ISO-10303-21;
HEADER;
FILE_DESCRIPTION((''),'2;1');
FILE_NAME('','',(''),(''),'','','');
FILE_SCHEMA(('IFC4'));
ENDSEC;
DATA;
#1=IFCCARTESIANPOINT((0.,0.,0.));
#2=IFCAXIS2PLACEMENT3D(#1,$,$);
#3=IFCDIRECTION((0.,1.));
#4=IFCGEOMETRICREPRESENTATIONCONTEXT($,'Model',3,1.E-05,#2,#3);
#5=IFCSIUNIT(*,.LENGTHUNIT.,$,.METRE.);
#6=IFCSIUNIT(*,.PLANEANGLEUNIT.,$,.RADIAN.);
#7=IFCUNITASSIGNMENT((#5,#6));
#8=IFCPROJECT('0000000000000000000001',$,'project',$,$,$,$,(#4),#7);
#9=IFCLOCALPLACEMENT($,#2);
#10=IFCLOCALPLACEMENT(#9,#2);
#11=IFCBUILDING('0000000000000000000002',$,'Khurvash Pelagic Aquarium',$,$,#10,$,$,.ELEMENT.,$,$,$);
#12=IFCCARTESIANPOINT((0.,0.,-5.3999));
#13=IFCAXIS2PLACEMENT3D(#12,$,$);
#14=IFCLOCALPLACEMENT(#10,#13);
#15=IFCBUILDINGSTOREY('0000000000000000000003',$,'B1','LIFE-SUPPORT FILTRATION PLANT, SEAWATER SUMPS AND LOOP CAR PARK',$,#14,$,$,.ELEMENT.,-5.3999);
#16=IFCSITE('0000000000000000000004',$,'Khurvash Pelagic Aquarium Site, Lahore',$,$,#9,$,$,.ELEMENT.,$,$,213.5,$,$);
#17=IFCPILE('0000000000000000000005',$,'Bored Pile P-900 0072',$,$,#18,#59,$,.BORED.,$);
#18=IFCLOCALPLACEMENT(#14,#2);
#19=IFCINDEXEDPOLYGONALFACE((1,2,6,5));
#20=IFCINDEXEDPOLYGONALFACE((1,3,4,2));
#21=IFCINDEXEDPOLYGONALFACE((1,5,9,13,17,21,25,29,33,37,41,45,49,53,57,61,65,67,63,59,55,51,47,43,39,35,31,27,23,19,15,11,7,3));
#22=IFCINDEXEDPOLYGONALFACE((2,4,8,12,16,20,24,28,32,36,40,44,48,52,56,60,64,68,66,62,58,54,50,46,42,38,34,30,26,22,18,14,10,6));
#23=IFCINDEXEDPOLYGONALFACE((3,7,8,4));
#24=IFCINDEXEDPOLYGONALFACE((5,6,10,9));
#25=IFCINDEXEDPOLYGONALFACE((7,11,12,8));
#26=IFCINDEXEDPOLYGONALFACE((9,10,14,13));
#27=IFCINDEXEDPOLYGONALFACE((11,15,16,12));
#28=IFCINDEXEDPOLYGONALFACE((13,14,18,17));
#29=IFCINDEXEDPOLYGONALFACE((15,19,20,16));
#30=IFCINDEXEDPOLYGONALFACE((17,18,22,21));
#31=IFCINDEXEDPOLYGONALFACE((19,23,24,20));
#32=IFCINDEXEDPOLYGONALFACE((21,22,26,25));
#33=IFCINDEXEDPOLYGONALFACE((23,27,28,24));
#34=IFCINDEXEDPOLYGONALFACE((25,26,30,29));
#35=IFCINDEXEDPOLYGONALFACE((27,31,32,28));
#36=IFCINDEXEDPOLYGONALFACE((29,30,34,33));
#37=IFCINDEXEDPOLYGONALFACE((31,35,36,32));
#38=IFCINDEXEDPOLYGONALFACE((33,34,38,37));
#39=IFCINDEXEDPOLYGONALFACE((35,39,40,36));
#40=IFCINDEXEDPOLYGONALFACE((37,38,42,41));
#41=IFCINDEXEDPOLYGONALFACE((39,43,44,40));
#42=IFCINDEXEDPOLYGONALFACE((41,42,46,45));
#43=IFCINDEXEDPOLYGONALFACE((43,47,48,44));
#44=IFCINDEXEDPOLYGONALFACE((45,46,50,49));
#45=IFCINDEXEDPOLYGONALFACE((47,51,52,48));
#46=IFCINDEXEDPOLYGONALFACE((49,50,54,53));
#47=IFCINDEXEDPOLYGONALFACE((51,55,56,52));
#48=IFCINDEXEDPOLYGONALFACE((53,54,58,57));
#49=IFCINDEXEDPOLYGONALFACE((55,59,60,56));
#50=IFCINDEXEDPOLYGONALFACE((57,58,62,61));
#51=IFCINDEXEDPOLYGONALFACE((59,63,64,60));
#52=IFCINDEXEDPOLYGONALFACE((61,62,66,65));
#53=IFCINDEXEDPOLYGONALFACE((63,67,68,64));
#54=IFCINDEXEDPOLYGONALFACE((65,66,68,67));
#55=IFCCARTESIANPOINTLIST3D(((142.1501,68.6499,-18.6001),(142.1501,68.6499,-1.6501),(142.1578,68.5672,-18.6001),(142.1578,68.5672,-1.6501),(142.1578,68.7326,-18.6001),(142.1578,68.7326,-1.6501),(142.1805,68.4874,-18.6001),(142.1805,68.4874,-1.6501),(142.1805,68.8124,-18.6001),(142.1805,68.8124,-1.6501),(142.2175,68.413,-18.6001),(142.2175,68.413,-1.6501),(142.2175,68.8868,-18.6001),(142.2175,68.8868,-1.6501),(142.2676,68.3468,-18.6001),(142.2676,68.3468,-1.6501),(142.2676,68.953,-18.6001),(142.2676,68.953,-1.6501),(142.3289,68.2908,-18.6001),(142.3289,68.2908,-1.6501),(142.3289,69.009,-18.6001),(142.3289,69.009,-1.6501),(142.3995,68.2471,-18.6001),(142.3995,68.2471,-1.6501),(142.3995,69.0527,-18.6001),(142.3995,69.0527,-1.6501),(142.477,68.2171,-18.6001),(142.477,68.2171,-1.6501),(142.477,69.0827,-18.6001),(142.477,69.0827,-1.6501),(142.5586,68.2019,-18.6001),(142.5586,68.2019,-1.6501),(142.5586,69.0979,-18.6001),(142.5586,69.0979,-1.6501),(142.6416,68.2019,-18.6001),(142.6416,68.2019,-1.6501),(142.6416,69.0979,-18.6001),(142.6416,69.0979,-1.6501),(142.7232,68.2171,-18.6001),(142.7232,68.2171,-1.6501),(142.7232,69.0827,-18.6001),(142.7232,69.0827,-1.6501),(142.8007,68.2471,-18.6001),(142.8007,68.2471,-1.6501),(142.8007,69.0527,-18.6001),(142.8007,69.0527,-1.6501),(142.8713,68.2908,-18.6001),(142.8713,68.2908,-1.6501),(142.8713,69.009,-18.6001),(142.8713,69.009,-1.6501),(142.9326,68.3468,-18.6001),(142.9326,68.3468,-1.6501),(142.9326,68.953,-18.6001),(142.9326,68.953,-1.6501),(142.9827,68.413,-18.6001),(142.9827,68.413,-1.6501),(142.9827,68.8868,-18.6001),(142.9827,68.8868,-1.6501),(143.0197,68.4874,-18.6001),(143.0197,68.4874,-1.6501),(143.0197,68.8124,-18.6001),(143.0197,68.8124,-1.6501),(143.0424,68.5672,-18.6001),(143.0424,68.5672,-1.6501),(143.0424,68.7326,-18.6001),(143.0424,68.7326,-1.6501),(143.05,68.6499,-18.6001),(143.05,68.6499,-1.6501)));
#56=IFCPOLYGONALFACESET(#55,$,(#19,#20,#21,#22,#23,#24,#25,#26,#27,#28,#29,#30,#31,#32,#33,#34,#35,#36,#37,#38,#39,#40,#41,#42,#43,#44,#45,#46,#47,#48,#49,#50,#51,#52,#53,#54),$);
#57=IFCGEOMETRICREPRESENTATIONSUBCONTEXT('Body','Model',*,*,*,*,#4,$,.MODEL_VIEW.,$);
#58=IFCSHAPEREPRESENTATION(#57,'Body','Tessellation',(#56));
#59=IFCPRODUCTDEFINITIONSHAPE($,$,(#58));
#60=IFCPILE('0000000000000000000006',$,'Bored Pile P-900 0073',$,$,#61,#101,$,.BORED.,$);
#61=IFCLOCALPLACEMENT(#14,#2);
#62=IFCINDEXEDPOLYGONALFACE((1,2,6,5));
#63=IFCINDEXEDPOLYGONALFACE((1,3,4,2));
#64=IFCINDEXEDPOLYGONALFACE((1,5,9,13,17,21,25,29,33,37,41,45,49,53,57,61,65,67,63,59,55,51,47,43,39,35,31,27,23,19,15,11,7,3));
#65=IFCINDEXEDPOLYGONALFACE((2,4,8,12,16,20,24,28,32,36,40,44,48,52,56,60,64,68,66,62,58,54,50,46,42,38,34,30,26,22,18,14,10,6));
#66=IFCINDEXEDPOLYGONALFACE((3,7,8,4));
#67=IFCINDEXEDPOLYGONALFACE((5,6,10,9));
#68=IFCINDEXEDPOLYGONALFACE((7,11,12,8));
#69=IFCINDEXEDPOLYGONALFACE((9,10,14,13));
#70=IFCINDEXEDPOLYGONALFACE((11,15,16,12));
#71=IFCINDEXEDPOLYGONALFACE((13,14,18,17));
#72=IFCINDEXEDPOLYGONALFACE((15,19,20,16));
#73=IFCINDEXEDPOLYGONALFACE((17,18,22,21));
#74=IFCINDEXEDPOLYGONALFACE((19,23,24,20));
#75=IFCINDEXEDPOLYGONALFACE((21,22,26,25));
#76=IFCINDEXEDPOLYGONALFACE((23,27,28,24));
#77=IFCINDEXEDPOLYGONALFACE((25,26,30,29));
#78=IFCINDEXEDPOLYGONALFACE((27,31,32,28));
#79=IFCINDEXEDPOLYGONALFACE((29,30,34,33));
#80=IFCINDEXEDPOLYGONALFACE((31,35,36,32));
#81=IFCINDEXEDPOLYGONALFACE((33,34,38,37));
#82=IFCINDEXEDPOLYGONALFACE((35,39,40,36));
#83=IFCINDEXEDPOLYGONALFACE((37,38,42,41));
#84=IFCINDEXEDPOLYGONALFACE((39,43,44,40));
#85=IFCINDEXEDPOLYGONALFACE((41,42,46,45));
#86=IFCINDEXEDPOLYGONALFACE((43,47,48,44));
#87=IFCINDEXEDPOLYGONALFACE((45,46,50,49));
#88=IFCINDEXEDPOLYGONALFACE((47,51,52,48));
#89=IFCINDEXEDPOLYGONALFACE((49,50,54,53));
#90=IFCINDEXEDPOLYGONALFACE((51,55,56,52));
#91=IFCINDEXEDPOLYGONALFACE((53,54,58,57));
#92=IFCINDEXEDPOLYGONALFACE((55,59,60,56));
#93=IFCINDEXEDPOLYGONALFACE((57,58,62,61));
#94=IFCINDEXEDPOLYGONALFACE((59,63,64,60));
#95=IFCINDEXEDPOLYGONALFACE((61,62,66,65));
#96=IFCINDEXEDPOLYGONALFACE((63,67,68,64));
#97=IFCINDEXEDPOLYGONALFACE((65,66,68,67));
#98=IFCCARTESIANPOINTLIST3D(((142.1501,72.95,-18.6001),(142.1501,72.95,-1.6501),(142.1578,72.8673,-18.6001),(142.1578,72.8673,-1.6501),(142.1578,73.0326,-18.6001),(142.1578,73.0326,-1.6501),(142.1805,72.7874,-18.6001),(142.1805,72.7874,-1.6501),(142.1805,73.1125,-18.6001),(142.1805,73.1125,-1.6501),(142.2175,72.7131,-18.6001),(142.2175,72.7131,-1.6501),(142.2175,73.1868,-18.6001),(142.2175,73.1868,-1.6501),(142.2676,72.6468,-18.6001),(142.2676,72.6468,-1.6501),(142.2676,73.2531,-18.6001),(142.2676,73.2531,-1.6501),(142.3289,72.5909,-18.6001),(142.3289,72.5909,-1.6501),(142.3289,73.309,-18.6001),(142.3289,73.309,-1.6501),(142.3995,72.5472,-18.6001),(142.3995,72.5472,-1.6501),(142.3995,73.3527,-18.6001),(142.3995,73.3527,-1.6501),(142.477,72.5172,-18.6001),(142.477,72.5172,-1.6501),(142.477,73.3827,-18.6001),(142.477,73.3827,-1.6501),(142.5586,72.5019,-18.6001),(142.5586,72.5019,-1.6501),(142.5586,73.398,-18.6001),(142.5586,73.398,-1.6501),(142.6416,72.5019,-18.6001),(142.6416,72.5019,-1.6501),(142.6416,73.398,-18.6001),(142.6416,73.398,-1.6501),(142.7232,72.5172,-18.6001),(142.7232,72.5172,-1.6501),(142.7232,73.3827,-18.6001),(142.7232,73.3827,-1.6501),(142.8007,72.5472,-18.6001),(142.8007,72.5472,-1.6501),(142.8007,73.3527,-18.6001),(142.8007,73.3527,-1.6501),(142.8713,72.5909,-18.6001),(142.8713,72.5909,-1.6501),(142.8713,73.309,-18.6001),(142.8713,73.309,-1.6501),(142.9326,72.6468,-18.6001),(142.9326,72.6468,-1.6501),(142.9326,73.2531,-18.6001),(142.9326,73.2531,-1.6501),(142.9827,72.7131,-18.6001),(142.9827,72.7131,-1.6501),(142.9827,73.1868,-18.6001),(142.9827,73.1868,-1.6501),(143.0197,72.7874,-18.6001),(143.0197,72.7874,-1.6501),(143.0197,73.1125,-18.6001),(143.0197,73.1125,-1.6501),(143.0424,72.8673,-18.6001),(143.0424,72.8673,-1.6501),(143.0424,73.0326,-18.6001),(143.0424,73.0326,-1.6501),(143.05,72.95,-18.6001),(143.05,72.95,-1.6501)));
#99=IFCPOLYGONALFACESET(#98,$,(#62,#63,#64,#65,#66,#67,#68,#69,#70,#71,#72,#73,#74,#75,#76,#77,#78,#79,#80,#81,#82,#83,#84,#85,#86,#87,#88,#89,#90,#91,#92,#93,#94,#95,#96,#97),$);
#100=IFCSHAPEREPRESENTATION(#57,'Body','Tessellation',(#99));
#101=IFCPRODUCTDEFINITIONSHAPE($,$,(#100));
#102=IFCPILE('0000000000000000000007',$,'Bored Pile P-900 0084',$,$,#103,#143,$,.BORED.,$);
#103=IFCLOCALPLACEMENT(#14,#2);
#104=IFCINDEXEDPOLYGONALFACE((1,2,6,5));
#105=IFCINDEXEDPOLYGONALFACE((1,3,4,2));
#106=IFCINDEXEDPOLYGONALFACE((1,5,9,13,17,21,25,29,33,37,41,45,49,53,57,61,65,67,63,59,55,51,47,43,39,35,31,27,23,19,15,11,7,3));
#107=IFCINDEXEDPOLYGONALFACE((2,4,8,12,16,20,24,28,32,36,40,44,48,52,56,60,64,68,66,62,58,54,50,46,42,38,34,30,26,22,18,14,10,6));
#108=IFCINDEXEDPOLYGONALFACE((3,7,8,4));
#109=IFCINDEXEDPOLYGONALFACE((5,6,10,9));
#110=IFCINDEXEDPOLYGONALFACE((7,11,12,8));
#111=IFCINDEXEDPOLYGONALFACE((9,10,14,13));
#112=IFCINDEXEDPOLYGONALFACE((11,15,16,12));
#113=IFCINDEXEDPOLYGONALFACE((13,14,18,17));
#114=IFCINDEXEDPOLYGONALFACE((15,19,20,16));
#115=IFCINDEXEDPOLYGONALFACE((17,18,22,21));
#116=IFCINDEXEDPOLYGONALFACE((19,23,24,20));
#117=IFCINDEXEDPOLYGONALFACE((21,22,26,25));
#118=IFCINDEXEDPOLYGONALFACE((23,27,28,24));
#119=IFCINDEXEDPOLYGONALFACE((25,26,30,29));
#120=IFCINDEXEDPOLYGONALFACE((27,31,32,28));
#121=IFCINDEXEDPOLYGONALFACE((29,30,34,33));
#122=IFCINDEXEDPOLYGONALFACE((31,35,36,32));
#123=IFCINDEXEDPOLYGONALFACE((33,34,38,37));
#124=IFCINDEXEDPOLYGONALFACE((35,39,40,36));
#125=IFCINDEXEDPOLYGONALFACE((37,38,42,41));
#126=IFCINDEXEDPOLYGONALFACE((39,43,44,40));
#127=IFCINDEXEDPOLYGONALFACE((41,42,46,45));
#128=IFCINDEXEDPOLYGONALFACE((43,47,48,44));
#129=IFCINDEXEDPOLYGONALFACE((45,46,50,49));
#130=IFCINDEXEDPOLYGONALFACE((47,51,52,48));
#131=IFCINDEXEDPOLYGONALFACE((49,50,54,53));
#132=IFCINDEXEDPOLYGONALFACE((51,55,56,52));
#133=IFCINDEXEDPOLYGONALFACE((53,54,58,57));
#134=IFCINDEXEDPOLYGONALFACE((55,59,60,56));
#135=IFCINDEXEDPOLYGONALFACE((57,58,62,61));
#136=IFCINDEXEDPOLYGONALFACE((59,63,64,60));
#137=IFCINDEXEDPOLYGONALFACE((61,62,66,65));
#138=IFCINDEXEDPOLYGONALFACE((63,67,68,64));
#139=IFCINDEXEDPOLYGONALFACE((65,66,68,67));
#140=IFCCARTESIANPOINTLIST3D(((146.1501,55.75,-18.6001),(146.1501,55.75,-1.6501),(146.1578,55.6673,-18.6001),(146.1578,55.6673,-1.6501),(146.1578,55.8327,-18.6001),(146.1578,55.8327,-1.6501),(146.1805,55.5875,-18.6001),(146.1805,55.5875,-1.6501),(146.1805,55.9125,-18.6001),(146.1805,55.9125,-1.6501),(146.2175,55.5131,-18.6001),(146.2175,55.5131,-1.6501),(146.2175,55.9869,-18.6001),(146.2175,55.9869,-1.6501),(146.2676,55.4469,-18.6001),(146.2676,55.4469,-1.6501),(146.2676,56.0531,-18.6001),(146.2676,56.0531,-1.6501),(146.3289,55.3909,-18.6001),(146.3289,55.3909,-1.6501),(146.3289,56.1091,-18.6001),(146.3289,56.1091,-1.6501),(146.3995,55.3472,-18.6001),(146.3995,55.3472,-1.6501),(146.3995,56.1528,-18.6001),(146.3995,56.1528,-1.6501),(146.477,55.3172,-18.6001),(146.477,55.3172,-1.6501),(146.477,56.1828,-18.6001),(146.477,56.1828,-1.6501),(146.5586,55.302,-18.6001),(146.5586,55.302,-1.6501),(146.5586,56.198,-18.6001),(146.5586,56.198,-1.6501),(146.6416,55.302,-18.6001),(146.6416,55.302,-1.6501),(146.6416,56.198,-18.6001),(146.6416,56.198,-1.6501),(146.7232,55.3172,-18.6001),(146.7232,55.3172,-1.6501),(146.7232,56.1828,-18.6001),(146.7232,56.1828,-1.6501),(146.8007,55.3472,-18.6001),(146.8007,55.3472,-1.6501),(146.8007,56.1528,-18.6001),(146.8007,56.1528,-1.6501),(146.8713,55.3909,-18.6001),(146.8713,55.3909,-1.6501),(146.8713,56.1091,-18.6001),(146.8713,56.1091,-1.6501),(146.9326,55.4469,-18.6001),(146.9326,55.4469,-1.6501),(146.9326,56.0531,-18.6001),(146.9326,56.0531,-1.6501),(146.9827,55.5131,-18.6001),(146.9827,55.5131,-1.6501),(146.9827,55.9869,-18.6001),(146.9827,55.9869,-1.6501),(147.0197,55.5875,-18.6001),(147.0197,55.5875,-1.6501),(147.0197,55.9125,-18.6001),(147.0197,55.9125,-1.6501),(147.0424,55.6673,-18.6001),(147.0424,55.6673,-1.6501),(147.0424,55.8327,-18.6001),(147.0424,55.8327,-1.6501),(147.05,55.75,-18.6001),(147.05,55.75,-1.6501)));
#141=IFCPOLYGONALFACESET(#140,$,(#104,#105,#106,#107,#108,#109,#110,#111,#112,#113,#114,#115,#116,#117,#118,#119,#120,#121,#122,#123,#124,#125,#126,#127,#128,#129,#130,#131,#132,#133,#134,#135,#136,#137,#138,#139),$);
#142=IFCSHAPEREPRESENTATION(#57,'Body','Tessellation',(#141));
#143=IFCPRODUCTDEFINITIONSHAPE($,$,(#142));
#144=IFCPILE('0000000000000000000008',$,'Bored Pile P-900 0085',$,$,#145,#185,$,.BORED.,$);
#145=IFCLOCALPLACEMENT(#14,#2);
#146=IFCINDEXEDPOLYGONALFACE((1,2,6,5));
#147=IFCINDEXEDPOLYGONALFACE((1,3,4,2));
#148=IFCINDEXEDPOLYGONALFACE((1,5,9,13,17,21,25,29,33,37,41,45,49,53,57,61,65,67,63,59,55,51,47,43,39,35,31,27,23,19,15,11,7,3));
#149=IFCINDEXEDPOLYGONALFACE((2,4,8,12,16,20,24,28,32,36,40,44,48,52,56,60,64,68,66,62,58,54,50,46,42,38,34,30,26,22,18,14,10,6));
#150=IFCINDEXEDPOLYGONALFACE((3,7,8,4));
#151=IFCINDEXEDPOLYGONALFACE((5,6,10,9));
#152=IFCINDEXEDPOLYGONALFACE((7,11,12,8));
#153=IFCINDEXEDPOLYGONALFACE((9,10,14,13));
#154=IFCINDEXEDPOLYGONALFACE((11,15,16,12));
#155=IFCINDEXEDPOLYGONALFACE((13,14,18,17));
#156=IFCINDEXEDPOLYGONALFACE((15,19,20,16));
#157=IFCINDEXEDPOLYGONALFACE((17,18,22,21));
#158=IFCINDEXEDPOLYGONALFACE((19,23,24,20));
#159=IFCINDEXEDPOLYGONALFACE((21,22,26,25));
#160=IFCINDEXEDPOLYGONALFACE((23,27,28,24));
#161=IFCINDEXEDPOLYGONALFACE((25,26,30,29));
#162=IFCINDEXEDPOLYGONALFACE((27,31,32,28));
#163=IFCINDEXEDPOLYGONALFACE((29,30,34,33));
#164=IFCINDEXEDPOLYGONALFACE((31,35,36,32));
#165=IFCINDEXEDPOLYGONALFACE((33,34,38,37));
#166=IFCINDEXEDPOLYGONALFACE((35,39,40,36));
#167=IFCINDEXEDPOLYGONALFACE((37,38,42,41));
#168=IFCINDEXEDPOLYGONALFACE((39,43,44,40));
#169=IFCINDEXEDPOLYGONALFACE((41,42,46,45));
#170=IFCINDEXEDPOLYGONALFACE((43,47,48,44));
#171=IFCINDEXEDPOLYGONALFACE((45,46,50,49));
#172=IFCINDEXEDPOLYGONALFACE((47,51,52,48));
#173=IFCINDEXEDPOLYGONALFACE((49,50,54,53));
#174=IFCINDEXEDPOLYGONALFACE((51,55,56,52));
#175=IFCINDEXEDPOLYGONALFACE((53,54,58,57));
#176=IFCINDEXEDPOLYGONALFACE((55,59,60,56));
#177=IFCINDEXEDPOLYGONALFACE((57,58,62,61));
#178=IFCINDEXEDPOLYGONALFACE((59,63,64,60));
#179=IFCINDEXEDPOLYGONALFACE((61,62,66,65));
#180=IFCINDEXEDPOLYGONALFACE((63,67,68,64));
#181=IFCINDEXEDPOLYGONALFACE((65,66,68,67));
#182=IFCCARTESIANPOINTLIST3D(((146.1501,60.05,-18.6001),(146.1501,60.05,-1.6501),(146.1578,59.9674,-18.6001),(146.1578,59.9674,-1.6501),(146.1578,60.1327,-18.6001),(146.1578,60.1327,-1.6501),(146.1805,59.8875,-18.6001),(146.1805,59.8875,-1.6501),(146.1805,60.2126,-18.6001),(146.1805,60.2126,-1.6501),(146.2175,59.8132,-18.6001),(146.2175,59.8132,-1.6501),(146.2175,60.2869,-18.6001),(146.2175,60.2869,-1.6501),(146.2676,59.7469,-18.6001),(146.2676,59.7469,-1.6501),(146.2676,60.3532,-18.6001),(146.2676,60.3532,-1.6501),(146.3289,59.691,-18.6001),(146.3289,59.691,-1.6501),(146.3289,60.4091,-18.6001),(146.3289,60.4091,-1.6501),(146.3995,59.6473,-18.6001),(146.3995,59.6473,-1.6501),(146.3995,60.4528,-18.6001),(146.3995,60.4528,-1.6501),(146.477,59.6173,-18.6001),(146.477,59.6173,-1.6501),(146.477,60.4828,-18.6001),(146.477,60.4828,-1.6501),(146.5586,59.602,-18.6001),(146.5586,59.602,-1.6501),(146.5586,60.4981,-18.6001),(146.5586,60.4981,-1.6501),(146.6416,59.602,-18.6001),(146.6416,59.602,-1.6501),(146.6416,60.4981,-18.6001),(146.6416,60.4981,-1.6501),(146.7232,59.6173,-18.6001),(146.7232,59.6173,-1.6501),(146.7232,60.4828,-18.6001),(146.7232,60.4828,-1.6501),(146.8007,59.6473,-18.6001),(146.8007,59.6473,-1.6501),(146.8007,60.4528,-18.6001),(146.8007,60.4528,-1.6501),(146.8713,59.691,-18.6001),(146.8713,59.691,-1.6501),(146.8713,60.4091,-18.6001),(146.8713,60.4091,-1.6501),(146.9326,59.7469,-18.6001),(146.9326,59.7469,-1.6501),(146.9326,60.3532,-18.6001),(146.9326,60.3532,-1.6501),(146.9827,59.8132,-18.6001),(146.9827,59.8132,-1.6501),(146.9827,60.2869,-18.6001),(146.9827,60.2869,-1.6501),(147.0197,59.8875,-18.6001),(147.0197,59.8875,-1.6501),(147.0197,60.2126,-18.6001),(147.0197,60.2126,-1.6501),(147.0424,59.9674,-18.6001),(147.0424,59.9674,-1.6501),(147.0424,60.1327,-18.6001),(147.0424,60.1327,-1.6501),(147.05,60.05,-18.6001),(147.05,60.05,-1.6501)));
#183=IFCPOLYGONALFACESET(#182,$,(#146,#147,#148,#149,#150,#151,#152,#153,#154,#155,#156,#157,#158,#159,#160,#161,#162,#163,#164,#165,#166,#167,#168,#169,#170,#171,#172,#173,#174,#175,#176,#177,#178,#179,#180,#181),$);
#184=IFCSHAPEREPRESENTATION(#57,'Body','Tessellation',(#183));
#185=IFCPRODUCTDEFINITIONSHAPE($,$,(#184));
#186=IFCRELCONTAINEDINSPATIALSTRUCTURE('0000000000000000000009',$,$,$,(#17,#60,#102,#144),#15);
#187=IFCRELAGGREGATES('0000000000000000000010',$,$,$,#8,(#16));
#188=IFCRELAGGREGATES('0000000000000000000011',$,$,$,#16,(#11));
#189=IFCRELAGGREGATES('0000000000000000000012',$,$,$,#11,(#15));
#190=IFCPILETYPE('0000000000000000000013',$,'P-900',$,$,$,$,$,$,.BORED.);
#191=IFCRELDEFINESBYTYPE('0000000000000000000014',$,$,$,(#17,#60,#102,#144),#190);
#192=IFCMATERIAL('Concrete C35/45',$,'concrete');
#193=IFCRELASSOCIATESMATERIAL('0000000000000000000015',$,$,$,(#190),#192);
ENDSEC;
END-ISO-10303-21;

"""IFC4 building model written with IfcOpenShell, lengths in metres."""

from ifc_helpers import new_model, si_unit, direction, frame, origin, origin_2d, place, context, subcontext, project, spatial, circle, extrude, material, material_profile, profile_set, type_object, element, save


model = new_model("IFC4")

# Units and contexts
model_context = context("Model", 3, precision=1e-05, world=origin(), true_north=direction((0.0, 1.0)))
body_context = subcontext(model_context, "Body", "Model", "MODEL_VIEW")
ifc_project = project(units=[si_unit("LENGTHUNIT", "METRE"), si_unit("PLANEANGLEUNIT", "RADIAN")], contexts=[model_context])

# Site, building, storey
site_placement = place(None, origin())
site = spatial("IfcSite", under=ifc_project, at=site_placement, Name="Khurvash Pelagic Aquarium Site, Lahore", CompositionType="ELEMENT", RefElevation=213.5)
building_placement = place(site_placement, origin())
building = spatial("IfcBuilding", under=site, at=building_placement, Name="Khurvash Pelagic Aquarium", CompositionType="ELEMENT")
storey_placement = place(building_placement, frame((0.0, 0.0, -5.3999)))
storey = spatial("IfcBuildingStorey", under=building, at=storey_placement, Name="B1", Description="LIFE-SUPPORT FILTRATION PLANT, SEAWATER SUMPS AND LOOP CAR PARK", CompositionType="ELEMENT", Elevation=-5.3999)

# Piles
ifc_material_1 = material(Name="Concrete C35/45", Category="concrete")
ifc_material_profile_1 = material_profile(ifc_material_1, circle(Radius=0.45, at=origin_2d()), Name="PILE900")
ifc_profile_set_1 = profile_set([ifc_material_profile_1], Name="Concrete C35/45")
pile_type = type_object("IfcPileType", Name="P-900", PredefinedType="BORED", material=ifc_profile_set_1)
for number, where, z_axis, x_axis, name in (
    (1, (142.6001, 68.6499, -1.6501), (0.0, 0.0, -1.0), (1.0, 0.0, 0.0), "Bored Pile P-900 0072"),
    (2, (142.6001, 72.95, -1.6501), (0.0, 0.0, -1.0), (1.0, 0.0, 0.0), "Bored Pile P-900 0073"),
    (3, (146.6001, 55.75, -1.6501), (0.0, 0.0, -1.0), (1.0, 0.0, 0.0), "Bored Pile P-900 0084"),
    (4, (146.6001, 60.05, -1.6501), (0.0, 0.0, -1.0), (1.0, 0.0, 0.0), "Bored Pile P-900 0085"),
):
    element("IfcPile", number, at=place(storey_placement, frame(where, z_axis=z_axis, x_axis=x_axis)), inside=storey, type_object=pile_type, Name=name, PredefinedType="BORED", context=body_context, shape_type="SweptSolid", body=[
        extrude(circle(Radius=0.45, at=origin_2d()), origin(), (0.0, 0.0, 1.0), 16.95),
    ])

save(model, "model.ifc")
